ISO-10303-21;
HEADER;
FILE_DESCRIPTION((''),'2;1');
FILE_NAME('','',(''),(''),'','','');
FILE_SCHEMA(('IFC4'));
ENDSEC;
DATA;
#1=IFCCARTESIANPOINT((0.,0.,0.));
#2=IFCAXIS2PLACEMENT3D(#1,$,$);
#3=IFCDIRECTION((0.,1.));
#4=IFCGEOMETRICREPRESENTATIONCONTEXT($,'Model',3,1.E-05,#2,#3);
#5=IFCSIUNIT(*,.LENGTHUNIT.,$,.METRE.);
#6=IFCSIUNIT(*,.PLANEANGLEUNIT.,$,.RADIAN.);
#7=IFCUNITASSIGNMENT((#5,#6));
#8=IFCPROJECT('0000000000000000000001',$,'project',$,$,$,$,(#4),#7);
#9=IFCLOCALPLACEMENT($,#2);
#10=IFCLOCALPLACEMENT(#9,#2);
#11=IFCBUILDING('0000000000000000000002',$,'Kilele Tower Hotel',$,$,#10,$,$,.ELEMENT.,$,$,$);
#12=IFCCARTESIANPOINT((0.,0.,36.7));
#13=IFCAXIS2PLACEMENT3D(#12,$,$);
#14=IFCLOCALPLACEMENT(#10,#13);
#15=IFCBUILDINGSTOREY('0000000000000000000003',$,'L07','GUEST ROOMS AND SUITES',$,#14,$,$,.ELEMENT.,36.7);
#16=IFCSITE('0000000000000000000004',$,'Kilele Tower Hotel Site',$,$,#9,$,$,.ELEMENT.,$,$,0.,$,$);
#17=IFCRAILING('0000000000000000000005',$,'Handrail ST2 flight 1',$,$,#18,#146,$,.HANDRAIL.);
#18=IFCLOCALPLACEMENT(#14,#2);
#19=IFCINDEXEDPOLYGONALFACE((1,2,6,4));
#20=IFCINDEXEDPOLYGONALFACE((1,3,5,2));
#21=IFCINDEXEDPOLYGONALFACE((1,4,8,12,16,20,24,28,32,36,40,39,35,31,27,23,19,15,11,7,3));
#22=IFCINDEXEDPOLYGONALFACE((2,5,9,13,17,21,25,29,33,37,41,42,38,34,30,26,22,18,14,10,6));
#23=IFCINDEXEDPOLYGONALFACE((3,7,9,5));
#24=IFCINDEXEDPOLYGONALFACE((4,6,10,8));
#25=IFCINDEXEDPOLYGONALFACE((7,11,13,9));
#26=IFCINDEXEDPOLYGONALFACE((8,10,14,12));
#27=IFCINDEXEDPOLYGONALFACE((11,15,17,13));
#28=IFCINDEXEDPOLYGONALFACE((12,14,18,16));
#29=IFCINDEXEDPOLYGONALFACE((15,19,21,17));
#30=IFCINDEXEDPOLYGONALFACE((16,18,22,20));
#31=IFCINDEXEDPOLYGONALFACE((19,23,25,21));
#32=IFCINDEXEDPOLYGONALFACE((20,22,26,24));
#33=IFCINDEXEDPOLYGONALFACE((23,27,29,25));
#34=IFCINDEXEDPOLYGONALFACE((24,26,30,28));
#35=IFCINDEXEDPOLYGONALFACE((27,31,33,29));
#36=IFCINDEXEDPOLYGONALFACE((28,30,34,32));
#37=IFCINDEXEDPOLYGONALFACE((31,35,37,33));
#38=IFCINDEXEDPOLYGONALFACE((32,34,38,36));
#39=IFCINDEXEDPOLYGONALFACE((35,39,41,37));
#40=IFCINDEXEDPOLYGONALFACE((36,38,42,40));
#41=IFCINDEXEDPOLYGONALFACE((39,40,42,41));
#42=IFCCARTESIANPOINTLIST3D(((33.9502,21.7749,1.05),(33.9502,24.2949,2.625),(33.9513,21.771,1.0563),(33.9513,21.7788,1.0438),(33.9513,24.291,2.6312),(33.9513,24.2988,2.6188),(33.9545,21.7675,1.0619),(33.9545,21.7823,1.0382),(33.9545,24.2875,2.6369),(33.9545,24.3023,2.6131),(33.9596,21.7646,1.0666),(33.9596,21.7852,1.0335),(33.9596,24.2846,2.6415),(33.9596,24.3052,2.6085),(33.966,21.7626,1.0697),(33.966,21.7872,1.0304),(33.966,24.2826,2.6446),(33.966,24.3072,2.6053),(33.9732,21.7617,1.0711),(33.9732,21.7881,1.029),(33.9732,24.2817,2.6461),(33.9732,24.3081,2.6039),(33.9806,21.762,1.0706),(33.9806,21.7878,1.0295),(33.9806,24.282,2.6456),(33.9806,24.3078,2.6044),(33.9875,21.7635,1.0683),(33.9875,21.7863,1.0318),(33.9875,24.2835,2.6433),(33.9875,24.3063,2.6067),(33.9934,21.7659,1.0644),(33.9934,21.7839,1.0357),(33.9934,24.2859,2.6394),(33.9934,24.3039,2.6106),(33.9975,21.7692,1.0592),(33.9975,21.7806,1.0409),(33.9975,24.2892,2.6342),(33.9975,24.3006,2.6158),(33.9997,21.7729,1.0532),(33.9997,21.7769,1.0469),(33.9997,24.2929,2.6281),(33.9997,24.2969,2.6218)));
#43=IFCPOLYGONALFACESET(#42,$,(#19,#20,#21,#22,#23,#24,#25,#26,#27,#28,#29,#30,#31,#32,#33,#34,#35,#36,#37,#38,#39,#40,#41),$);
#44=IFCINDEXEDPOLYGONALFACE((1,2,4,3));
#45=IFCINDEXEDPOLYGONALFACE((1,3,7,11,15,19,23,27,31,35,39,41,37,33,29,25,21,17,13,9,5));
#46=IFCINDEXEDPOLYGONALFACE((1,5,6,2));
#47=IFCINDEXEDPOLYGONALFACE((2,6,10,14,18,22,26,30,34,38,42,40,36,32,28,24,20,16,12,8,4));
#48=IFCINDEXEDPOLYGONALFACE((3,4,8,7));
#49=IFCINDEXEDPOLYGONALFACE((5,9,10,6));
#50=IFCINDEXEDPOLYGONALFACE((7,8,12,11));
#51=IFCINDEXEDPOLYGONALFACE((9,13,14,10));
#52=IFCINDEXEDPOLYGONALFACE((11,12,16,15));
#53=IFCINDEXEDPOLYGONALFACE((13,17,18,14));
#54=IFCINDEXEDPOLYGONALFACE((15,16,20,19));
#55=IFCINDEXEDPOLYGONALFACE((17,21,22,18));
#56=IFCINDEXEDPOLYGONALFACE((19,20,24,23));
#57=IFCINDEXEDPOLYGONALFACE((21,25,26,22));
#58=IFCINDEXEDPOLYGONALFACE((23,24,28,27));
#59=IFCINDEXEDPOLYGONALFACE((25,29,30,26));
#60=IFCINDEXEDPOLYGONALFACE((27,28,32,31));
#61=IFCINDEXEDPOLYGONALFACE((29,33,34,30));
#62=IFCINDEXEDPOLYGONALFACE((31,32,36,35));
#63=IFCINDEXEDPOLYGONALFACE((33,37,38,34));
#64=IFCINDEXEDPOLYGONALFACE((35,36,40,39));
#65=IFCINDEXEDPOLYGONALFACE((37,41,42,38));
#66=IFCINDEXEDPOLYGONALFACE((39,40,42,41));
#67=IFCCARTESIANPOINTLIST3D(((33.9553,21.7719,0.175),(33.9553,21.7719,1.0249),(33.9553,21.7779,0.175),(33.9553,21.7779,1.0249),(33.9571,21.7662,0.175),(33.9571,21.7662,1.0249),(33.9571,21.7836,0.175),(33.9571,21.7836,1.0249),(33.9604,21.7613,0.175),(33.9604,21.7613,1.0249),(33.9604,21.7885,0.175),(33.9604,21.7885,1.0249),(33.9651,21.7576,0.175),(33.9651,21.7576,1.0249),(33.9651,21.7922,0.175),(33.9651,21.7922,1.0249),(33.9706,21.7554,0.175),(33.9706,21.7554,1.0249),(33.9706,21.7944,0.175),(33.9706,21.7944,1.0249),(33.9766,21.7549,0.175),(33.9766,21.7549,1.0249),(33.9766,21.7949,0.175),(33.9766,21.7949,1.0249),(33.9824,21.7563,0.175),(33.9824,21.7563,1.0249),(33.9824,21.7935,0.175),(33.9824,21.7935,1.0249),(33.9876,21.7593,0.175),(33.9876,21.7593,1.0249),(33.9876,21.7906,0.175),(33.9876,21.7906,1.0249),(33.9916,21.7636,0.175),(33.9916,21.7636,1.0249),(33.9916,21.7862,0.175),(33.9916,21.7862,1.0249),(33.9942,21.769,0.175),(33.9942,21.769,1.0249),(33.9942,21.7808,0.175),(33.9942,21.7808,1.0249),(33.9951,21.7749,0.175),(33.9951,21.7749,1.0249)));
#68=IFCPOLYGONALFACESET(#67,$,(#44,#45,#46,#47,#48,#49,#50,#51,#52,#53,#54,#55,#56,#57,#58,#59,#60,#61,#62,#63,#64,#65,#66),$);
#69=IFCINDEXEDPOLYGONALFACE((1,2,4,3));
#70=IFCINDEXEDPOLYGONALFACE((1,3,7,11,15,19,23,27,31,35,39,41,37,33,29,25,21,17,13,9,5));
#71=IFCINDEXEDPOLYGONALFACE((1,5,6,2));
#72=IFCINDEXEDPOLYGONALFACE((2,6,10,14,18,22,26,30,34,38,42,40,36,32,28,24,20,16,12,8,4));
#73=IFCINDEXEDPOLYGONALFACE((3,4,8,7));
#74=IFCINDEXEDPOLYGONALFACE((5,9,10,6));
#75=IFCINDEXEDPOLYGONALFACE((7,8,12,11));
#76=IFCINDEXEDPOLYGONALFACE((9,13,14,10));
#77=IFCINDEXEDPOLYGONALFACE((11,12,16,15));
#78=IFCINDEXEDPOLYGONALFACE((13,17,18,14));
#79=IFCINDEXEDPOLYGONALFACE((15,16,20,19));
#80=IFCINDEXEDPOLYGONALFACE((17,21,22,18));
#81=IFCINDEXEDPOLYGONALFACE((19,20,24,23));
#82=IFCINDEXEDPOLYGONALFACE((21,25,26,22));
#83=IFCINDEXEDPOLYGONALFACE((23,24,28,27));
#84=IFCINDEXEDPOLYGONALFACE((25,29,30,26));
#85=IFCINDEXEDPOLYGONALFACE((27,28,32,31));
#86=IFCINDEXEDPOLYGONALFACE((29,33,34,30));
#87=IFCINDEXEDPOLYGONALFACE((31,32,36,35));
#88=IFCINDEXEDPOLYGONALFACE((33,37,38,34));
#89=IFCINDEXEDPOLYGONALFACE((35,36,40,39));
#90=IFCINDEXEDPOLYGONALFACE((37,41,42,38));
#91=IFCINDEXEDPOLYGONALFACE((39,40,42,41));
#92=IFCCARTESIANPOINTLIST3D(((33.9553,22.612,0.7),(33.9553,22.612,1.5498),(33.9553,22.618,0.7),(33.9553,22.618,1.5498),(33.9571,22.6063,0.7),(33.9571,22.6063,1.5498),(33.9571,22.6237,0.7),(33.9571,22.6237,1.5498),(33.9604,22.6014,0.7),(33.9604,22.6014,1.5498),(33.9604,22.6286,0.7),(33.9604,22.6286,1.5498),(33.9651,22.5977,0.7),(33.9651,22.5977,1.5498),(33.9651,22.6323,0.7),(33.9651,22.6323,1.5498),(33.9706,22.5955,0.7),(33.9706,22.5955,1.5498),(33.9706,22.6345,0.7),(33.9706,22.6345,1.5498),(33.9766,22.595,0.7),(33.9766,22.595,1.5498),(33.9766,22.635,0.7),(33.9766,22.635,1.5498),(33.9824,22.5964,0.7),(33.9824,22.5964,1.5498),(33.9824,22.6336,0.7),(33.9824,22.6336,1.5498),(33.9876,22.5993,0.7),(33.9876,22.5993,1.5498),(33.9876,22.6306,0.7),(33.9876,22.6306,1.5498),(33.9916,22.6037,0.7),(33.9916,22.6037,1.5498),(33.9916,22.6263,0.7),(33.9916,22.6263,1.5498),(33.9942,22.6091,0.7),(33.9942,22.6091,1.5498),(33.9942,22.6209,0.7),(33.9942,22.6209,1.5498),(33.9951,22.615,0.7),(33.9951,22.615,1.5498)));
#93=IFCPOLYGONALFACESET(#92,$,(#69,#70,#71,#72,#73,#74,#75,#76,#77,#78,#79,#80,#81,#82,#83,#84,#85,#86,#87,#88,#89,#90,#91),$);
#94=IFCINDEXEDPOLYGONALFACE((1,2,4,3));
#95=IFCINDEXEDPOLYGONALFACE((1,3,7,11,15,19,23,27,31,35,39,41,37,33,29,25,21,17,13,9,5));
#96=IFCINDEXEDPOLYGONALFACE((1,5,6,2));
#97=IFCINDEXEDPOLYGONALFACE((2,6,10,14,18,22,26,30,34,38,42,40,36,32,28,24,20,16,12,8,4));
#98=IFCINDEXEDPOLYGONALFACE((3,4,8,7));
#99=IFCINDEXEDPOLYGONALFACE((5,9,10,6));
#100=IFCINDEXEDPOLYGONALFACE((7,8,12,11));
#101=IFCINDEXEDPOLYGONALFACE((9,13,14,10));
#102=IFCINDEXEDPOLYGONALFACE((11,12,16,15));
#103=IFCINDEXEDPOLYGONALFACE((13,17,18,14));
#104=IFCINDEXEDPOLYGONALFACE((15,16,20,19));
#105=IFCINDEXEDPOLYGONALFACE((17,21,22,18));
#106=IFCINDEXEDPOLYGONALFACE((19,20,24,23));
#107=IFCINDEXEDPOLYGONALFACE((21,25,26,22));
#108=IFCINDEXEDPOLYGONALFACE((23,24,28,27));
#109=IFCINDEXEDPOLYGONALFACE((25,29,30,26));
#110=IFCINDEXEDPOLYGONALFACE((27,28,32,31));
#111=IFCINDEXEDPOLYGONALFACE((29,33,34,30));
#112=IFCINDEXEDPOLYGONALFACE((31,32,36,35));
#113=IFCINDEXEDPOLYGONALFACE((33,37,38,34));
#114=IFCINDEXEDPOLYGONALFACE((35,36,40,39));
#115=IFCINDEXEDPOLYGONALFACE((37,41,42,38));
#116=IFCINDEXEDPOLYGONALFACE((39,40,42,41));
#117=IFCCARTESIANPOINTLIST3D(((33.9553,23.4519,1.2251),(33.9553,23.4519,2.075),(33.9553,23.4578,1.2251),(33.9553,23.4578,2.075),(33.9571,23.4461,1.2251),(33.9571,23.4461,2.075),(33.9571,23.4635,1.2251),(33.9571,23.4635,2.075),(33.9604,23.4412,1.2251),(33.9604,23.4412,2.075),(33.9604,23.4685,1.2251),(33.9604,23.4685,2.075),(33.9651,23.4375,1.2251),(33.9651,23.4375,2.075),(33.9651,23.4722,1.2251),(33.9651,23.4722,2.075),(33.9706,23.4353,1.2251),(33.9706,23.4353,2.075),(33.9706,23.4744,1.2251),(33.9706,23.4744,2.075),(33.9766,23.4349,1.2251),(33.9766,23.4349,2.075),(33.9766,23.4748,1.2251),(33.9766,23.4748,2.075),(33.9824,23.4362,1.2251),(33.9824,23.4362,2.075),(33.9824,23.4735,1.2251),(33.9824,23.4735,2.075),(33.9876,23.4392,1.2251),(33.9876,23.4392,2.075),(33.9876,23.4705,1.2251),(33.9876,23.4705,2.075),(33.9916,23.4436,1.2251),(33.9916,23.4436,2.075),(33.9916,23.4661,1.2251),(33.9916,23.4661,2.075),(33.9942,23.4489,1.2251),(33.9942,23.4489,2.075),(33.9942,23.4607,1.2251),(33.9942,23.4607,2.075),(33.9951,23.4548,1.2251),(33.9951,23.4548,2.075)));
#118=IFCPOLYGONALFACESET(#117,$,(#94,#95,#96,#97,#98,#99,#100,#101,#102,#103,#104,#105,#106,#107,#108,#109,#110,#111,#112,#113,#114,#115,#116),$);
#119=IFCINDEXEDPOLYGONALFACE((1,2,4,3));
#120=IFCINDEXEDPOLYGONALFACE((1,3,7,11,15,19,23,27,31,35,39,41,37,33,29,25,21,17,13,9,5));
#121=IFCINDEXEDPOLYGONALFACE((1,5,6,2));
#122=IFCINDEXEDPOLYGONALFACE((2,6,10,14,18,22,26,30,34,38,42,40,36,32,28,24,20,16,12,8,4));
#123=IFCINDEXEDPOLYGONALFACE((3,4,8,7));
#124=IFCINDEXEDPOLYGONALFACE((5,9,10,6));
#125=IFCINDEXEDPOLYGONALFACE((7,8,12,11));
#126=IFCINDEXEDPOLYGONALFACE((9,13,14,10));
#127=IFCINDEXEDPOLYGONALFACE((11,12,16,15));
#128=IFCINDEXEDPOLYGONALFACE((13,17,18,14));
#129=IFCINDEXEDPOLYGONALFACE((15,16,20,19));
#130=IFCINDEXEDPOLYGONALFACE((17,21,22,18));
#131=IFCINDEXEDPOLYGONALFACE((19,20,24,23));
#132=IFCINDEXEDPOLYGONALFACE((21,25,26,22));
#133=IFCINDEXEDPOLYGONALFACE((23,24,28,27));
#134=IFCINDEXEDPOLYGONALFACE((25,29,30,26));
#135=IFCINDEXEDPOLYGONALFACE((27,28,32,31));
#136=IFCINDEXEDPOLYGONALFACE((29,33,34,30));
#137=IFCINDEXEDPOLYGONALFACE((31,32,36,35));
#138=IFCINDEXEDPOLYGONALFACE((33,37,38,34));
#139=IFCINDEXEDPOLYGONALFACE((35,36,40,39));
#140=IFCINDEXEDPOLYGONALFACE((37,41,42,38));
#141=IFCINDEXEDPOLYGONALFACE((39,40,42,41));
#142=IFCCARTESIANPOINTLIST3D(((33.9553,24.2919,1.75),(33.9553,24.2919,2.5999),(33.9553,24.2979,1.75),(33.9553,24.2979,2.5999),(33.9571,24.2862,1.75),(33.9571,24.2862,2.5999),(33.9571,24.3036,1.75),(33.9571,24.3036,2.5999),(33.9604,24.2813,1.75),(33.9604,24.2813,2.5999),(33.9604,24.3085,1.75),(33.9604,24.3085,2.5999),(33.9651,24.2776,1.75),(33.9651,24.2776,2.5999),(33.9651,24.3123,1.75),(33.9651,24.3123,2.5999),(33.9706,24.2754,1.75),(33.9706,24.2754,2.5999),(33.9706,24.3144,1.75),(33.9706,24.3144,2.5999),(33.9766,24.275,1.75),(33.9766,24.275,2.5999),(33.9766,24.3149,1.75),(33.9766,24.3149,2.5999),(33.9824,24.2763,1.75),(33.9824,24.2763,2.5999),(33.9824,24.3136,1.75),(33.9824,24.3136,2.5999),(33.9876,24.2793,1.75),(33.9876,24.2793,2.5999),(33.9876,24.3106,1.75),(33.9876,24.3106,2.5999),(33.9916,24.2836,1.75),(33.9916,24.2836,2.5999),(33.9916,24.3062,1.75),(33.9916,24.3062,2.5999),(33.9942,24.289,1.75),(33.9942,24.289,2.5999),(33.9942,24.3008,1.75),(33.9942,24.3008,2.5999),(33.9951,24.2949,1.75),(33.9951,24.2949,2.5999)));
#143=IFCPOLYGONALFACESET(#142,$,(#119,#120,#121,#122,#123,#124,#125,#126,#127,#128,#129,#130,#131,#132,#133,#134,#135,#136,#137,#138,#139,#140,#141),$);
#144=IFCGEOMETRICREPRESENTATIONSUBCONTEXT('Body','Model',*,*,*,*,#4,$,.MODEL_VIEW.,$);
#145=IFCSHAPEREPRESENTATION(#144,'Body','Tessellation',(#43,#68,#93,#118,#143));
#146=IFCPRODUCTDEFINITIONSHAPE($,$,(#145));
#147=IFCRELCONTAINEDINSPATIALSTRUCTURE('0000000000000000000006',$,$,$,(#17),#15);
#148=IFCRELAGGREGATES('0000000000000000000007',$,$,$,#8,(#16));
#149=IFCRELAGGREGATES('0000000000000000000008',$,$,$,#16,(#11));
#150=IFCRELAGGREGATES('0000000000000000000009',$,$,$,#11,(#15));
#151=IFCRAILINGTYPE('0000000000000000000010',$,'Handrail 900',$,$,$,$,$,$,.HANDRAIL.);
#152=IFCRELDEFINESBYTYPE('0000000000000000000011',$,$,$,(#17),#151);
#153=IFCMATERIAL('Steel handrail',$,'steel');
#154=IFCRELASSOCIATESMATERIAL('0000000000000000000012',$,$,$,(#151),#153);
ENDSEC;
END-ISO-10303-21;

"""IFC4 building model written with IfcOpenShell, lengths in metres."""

from ifc_helpers import new_model, si_unit, direction, frame, origin, origin_2d, place, context, subcontext, project, spatial, circle, extrude, material, type_object, element, save


model = new_model("IFC4")

# Units and contexts
model_context = context("Model", 3, precision=1e-05, world=origin(), true_north=direction((0.0, 1.0)))
body_context = subcontext(model_context, "Body", "Model", "MODEL_VIEW")
ifc_project = project(units=[si_unit("LENGTHUNIT", "METRE"), si_unit("PLANEANGLEUNIT", "RADIAN")], contexts=[model_context])

# Site, building, storey
site_placement = place(None, origin())
site = spatial("IfcSite", under=ifc_project, at=site_placement, Name="Kilele Tower Hotel Site", CompositionType="ELEMENT", RefElevation=0.0)
building_placement = place(site_placement, origin())
building = spatial("IfcBuilding", under=site, at=building_placement, Name="Kilele Tower Hotel", CompositionType="ELEMENT")
storey_placement = place(building_placement, frame((0.0, 0.0, 36.7)))
storey = spatial("IfcBuildingStorey", under=building, at=storey_placement, Name="L07", Description="GUEST ROOMS AND SUITES", CompositionType="ELEMENT", Elevation=36.7)

# Railing
ifc_material_1 = material(Name="Steel handrail", Category="steel")
railing_type_1 = type_object("IfcRailingType", Name="Handrail 900", PredefinedType="HANDRAIL", material=ifc_material_1)
for number, where, name in (
    (1, (33.9751, 21.7749, 0.175), "Handrail ST2 flight 1"),
):
    element("IfcRailing", number, at=place(storey_placement, frame(where)), inside=storey, type_object=railing_type_1, Name=name, PredefinedType="HANDRAIL", context=body_context, shape_type="SweptSolid", body=[
        extrude(circle(Radius=0.0249, at=origin_2d()), frame((0.0, 0.0, 0.875), z_axis=(0.0, 0.848008, 0.529984), x_axis=(-1.0, 0.0, 0.0)), (0.0, 0.0, 1.0), 2.9717),
        extrude(circle(Radius=0.02, at=origin_2d()), origin(), (0.0, 0.0, 1.0), 0.8499),
        extrude(circle(Radius=0.02, at=origin_2d()), frame((0.0, 0.8401, 0.5249)), (0.0, 0.0, 1.0), 0.8499),
        extrude(circle(Radius=0.02, at=origin_2d()), frame((0.0, 1.6799, 1.05)), (0.0, 0.0, 1.0), 0.8499),
        extrude(circle(Radius=0.02, at=origin_2d()), frame((0.0, 2.52, 1.575)), (0.0, 0.0, 1.0), 0.8499),
    ])

save(model, "model.ifc")
